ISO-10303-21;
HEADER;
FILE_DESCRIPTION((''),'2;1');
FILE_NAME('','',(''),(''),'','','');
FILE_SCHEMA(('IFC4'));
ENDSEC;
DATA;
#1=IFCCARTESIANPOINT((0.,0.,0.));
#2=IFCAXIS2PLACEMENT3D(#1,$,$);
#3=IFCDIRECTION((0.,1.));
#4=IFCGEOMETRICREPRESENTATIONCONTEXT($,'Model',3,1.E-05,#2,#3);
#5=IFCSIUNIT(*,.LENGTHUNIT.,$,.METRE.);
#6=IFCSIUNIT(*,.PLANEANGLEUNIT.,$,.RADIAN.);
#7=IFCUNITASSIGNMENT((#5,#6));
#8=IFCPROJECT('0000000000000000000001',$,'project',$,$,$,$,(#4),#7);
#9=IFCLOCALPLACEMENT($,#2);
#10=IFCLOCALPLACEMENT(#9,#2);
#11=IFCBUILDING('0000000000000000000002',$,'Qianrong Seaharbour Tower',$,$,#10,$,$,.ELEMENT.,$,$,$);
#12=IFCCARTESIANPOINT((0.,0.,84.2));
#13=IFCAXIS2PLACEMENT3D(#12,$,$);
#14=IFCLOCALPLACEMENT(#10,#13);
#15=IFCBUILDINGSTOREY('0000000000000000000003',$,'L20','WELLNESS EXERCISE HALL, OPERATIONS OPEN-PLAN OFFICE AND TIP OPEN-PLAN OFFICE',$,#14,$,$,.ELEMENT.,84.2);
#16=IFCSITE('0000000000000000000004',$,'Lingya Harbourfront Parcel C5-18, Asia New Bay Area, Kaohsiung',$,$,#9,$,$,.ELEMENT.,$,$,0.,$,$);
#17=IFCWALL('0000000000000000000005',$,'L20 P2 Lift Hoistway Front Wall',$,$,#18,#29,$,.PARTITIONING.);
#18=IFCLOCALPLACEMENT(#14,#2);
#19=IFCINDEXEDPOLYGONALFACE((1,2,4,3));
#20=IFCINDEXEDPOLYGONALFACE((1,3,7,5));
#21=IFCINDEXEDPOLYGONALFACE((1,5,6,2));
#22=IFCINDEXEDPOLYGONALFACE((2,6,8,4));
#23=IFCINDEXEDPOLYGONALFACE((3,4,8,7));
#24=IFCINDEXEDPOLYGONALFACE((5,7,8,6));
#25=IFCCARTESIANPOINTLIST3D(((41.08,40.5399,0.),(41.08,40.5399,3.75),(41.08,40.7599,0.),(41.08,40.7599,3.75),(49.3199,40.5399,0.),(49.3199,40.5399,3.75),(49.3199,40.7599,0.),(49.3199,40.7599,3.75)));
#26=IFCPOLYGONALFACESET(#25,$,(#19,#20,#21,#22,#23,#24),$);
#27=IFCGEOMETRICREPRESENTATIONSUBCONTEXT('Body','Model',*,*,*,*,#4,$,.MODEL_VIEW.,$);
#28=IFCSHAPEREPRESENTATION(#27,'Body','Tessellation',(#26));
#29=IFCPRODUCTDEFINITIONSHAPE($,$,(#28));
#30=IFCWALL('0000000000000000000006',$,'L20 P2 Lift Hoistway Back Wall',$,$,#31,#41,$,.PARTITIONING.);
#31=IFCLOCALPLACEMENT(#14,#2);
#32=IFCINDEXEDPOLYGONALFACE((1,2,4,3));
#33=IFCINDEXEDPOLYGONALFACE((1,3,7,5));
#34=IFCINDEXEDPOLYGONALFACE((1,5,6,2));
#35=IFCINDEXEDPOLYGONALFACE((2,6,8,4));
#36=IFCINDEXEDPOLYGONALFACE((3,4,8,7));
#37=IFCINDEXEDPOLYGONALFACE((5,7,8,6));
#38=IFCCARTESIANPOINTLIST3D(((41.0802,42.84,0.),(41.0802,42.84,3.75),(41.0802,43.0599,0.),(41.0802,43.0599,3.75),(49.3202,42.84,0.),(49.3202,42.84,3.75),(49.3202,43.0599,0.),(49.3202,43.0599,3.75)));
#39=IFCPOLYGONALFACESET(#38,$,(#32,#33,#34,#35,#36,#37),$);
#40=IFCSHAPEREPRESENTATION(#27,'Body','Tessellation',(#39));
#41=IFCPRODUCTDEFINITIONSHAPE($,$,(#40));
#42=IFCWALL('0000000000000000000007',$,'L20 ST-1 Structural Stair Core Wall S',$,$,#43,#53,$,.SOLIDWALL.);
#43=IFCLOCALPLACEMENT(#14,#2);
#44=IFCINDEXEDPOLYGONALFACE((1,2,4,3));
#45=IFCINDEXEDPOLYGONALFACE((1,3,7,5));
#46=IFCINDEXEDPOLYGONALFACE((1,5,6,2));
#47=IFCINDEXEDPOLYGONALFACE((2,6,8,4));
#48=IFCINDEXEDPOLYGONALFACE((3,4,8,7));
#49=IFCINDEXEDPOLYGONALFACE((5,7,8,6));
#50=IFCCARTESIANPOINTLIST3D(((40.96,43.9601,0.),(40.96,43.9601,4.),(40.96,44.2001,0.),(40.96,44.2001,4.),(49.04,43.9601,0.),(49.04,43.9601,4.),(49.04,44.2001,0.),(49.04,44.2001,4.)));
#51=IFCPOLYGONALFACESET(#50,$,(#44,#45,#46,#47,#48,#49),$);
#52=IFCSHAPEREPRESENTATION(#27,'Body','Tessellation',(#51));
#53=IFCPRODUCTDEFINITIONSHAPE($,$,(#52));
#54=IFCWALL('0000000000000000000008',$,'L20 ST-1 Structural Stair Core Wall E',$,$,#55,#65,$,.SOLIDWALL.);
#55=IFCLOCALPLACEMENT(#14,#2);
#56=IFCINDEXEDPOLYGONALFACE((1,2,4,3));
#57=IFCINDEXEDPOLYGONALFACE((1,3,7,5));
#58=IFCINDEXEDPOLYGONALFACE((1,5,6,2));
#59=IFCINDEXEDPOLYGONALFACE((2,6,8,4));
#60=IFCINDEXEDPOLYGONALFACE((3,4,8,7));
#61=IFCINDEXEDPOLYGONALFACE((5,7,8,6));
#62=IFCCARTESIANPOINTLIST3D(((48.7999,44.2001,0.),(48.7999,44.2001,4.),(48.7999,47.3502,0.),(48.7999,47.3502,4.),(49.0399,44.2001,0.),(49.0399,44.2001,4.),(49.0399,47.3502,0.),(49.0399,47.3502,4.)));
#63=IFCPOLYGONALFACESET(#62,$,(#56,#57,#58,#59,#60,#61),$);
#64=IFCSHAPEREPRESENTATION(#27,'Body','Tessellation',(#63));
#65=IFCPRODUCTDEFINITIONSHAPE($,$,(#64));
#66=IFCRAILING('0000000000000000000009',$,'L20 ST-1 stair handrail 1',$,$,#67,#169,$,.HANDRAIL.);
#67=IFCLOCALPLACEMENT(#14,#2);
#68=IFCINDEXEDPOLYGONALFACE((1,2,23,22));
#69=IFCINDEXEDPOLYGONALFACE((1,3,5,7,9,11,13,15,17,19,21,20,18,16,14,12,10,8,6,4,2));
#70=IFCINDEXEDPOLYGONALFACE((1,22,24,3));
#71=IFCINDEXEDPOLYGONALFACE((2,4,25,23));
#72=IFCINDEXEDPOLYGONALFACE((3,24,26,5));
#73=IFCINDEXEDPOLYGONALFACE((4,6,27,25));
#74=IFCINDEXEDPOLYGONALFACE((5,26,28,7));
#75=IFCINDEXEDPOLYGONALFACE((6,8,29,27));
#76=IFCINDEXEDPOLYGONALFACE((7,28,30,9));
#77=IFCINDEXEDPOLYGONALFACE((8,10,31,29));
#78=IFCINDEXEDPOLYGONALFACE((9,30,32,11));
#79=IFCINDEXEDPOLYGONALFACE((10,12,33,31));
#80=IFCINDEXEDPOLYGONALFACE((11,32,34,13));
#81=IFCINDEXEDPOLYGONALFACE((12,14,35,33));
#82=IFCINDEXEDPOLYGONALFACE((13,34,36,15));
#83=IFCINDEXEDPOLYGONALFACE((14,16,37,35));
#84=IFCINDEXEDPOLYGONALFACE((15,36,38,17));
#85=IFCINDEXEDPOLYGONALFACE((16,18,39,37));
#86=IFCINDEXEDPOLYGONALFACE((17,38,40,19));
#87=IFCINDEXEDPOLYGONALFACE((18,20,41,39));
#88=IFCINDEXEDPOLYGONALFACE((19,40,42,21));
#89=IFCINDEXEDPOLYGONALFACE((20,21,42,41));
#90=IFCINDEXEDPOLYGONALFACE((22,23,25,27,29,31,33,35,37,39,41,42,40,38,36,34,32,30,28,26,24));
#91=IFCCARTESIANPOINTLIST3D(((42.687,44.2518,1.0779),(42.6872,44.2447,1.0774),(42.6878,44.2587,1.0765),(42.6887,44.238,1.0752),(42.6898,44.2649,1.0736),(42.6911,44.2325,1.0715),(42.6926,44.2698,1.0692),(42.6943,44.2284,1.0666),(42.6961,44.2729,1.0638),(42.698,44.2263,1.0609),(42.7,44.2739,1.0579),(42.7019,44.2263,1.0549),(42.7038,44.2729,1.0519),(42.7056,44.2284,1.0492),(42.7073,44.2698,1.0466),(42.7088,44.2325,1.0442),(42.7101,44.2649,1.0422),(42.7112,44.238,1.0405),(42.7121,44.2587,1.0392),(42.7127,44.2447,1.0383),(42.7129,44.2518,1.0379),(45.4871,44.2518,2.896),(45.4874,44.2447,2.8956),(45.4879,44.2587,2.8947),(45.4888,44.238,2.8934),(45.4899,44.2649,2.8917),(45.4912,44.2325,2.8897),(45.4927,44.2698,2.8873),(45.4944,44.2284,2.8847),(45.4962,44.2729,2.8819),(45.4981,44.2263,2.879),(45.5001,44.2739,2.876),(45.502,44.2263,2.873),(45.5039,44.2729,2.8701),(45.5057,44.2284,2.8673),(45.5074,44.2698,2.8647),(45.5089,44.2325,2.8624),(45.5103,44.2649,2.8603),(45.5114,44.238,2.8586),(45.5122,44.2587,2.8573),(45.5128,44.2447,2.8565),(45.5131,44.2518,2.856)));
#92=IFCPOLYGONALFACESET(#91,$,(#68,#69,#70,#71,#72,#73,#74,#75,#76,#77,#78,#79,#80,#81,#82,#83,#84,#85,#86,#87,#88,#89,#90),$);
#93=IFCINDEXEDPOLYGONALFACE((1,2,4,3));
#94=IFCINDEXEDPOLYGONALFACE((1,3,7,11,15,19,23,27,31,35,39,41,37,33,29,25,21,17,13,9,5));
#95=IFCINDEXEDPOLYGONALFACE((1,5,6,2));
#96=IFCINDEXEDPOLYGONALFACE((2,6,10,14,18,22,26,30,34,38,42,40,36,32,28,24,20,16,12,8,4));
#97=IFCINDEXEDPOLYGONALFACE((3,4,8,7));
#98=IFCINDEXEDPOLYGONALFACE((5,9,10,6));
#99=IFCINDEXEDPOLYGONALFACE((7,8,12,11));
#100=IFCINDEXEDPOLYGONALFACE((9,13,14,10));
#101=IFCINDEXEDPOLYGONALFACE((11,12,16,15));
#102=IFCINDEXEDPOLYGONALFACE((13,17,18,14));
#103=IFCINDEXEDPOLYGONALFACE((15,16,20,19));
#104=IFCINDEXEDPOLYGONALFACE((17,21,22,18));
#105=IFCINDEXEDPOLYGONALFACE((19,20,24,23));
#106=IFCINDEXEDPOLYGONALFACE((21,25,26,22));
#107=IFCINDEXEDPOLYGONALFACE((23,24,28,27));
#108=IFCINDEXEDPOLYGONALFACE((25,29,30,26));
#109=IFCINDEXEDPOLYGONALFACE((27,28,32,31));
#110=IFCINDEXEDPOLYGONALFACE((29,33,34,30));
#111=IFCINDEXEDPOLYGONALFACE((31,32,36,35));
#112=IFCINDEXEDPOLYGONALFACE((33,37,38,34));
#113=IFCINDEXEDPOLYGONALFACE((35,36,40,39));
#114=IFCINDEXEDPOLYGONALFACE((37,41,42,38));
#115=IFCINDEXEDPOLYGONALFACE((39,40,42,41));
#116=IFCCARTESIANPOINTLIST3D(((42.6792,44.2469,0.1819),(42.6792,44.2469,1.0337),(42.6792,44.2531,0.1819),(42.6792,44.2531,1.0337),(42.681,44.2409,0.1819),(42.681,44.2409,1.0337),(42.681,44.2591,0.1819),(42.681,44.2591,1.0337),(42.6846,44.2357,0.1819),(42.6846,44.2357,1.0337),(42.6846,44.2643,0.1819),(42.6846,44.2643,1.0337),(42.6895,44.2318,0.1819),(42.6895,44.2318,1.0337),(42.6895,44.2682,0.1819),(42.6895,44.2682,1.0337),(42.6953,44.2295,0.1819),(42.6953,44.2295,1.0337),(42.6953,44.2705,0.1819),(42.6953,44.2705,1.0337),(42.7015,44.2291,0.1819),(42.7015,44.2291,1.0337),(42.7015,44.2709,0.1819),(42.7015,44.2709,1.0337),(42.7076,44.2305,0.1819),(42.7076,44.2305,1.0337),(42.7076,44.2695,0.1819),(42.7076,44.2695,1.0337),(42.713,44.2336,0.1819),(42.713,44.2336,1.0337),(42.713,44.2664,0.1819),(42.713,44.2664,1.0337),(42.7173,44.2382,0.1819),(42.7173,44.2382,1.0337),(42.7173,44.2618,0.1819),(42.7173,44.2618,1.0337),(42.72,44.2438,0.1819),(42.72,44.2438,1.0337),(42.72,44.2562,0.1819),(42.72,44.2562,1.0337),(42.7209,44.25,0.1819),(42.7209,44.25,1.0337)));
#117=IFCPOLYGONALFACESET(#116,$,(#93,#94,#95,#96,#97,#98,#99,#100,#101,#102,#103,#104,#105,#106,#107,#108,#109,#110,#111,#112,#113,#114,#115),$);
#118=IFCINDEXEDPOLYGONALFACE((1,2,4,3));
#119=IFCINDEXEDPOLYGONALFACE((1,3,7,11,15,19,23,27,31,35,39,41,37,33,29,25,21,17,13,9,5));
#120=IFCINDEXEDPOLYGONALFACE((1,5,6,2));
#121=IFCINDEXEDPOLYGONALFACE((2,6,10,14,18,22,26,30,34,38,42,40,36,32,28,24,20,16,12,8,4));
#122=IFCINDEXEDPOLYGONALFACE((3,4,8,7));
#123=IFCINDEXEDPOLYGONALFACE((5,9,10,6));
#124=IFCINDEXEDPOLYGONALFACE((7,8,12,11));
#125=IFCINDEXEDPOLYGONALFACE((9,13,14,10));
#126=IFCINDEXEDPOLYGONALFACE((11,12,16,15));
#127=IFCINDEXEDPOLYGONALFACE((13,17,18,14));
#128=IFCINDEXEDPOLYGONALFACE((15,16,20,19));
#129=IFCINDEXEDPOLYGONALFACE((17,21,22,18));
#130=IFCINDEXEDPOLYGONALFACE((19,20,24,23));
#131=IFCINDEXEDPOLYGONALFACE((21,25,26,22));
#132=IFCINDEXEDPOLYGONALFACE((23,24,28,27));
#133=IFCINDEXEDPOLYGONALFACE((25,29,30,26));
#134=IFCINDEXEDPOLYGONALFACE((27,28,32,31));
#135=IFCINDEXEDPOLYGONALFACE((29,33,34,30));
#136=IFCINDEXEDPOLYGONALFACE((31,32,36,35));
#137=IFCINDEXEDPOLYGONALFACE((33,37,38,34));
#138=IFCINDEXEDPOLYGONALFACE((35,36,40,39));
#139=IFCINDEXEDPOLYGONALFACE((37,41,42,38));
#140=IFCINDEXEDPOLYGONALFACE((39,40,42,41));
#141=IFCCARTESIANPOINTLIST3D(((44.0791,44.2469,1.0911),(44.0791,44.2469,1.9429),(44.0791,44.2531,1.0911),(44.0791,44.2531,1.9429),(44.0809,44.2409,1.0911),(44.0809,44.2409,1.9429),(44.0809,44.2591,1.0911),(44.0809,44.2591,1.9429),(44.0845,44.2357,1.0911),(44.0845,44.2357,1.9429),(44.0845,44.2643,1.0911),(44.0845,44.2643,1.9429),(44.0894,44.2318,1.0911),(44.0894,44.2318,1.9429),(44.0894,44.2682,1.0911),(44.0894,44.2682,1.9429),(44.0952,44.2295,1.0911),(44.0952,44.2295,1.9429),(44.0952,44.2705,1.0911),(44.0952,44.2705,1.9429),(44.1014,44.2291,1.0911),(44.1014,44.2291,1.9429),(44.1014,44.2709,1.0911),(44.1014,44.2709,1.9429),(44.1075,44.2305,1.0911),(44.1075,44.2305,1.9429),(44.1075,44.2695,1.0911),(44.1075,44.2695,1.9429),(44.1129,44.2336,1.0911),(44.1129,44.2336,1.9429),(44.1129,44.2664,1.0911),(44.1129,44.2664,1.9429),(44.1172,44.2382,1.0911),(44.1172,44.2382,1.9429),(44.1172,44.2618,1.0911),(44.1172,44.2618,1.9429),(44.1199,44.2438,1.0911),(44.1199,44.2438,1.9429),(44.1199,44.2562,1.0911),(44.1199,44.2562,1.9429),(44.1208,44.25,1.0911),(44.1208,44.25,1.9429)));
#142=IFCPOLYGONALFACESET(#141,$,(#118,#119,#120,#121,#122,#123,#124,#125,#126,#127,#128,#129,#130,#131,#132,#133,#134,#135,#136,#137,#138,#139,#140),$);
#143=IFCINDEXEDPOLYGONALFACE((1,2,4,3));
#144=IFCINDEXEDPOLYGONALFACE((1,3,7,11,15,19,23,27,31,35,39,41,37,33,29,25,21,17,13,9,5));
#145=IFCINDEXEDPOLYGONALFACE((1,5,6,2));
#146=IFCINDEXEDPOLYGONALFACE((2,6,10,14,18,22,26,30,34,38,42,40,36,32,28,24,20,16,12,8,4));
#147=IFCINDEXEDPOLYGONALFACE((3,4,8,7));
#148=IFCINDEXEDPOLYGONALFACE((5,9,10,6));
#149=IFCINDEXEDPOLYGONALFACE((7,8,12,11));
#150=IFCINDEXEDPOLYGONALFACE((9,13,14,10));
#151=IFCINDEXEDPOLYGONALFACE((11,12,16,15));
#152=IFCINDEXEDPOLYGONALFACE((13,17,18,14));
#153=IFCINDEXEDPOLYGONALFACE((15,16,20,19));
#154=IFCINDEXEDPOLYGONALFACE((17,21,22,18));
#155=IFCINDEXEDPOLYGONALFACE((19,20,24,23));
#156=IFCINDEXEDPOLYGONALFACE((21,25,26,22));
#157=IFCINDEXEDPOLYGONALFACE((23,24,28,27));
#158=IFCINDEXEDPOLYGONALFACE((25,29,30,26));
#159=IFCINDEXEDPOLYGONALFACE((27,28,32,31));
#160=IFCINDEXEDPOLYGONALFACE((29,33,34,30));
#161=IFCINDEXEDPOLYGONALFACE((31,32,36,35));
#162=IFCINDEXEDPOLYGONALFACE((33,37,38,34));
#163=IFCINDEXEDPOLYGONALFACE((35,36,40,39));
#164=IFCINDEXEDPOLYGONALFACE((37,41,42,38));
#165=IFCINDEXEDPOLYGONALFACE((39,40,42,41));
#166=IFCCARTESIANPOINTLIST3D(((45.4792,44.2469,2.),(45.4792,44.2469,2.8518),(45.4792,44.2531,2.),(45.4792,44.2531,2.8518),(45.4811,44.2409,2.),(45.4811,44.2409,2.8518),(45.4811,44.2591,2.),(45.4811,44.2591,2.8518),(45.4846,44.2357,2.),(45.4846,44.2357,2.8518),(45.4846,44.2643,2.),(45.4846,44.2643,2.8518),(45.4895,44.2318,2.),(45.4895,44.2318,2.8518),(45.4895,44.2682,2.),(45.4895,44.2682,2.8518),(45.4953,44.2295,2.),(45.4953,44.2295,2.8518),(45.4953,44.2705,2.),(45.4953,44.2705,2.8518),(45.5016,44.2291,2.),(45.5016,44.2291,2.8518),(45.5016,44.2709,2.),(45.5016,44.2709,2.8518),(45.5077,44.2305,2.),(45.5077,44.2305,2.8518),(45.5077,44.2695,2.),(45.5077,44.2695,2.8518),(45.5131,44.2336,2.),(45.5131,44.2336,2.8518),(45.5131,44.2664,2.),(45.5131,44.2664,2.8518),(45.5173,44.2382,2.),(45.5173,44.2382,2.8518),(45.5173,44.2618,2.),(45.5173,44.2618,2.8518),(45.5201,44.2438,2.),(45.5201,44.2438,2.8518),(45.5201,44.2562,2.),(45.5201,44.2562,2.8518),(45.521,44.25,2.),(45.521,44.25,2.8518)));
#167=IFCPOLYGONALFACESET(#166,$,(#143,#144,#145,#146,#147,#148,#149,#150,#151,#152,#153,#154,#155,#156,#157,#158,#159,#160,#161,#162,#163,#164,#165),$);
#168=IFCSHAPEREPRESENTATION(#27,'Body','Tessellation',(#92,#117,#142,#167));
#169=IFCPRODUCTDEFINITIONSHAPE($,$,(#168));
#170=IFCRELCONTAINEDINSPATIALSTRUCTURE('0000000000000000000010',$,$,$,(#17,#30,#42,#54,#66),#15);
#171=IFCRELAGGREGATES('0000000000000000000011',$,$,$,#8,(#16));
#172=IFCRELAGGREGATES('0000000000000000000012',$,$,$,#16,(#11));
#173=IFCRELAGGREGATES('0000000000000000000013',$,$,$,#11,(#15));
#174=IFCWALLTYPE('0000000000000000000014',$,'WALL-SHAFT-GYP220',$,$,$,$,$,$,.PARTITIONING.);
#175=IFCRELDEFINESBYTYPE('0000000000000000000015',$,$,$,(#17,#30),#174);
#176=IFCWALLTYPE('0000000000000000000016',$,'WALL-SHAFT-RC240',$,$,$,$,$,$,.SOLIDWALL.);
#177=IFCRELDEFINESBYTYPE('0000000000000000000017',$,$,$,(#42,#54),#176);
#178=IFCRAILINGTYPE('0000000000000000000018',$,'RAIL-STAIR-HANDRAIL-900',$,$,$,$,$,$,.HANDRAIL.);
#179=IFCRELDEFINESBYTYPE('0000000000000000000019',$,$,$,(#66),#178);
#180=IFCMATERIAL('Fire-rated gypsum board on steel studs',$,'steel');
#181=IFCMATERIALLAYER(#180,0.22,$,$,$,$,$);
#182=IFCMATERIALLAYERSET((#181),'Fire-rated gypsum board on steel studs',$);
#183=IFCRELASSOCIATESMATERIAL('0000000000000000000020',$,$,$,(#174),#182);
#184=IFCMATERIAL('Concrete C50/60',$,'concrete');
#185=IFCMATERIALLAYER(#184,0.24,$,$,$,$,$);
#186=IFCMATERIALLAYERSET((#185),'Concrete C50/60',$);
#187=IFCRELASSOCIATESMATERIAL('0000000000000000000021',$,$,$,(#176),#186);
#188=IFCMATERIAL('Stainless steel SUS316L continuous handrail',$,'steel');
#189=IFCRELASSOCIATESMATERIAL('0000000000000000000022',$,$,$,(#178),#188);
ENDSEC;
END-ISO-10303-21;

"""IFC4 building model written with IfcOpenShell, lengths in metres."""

from ifc_helpers import new_model, si_unit, direction, frame, frame_2d, origin, origin_2d, place, context, subcontext, project, spatial, rectangle, circle, extrude, material, layer, layer_set, type_object, element, save


model = new_model("IFC4")

# Units and contexts
model_context = context("Model", 3, precision=1e-05, world=origin(), true_north=direction((0.0, 1.0)))
body_context = subcontext(model_context, "Body", "Model", "MODEL_VIEW")
ifc_project = project(units=[si_unit("LENGTHUNIT", "METRE"), si_unit("PLANEANGLEUNIT", "RADIAN")], contexts=[model_context])

# Site, building, storey
site_placement = place(None, origin())
site = spatial("IfcSite", under=ifc_project, at=site_placement, Name="Lingya Harbourfront Parcel C5-18, Asia New Bay Area, Kaohsiung", CompositionType="ELEMENT", RefElevation=0.0)
building_placement = place(site_placement, origin())
building = spatial("IfcBuilding", under=site, at=building_placement, Name="Qianrong Seaharbour Tower", CompositionType="ELEMENT")
storey_placement = place(building_placement, frame((0.0, 0.0, 84.2)))
storey = spatial("IfcBuildingStorey", under=building, at=storey_placement, Name="L20", Description="WELLNESS EXERCISE HALL, OPERATIONS OPEN-PLAN OFFICE AND TIP OPEN-PLAN OFFICE", CompositionType="ELEMENT", Elevation=84.2)

# Shared definitions
ifc_material_1 = material(Name="Fire-rated gypsum board on steel studs", Category="steel")

# Shared definitions
ifc_layer_1 = layer(ifc_material_1, 0.22)
ifc_layer_set_1 = layer_set([ifc_layer_1], Name="Fire-rated gypsum board on steel studs")
wall_type_1 = type_object("IfcWallType", Name="WALL-SHAFT-GYP220", PredefinedType="PARTITIONING", material=ifc_layer_set_1)

# Walls
for number, where, z_axis, x_axis, name in (
    (1, (49.3201, 40.6499, 0.0), (0.0, 0.0, 1.0), (-1.0, 0.0, 0.0), "L20 P2 Lift Hoistway Front Wall"),
    (2, (41.0801, 42.95, 0.0), (0.0, 0.0, 1.0), (1.0, 0.0, 0.0), "L20 P2 Lift Hoistway Back Wall"),
):
    element("IfcWall", number, at=place(storey_placement, frame(where, z_axis=z_axis, x_axis=x_axis)), inside=storey, type_object=wall_type_1, Name=name, PredefinedType="PARTITIONING", context=body_context, shape_type="SweptSolid", body=[
        extrude(rectangle(XDim=8.24, YDim=0.22, at=frame_2d((4.1201, 0.0))), origin(), (0.0, 0.0, 1.0), 3.75),
    ])
ifc_material_2 = material(Name="Concrete C50/60", Category="concrete")
ifc_layer_2 = layer(ifc_material_2, 0.24)
ifc_layer_set_2 = layer_set([ifc_layer_2], Name="Concrete C50/60")
wall_type_2 = type_object("IfcWallType", Name="WALL-SHAFT-RC240", PredefinedType="SOLIDWALL", material=ifc_layer_set_2)
wall_1_placement = place(storey_placement, frame((49.04, 44.0801, 0.0), z_axis=(0.0, 0.0, 1.0), x_axis=(-1.0, 0.0, 0.0)))
element("IfcWall", 3, at=wall_1_placement, inside=storey, type_object=wall_type_2, Name="L20 ST-1 Structural Stair Core Wall S", PredefinedType="SOLIDWALL", context=body_context, shape_type="SweptSolid", body=[
    extrude(rectangle(XDim=8.0801, YDim=0.24, at=frame_2d((4.04, 0.0))), origin(), (0.0, 0.0, 1.0), 4.0),
])
wall_2_placement = place(storey_placement, frame((48.9199, 44.2, 0.0), z_axis=(0.0, 0.0, 1.0), x_axis=(0.0, 1.0, 0.0)))
element("IfcWall", 4, at=wall_2_placement, inside=storey, type_object=wall_type_2, Name="L20 ST-1 Structural Stair Core Wall E", PredefinedType="SOLIDWALL", context=body_context, shape_type="SweptSolid", body=[
    extrude(rectangle(XDim=3.1501, YDim=0.24, at=frame_2d((1.5752, 0.0))), origin(), (0.0, 0.0, 1.0), 4.0),
])

# Railing
ifc_material_3 = material(Name="Stainless steel SUS316L continuous handrail", Category="steel")
railing_type = type_object("IfcRailingType", Name="RAIL-STAIR-HANDRAIL-900", PredefinedType="HANDRAIL", material=ifc_material_3)
railing_placement = place(storey_placement, frame((42.7, 44.25, 0.1819)))
element("IfcRailing", 5, at=railing_placement, inside=storey, type_object=railing_type, Name="L20 ST-1 stair handrail 1", PredefinedType="HANDRAIL", context=body_context, shape_type="SweptSolid", body=[
    extrude(circle(Radius=0.0239, at=origin_2d()), frame((0.0, 0.0, 0.876), z_axis=(0.838706, 0.0, 0.544585), x_axis=(0.0, 1.0, 0.0)), (0.0, 0.0, 1.0), 3.3386),
    extrude(circle(Radius=0.021, at=origin_2d()), origin(), (0.0, 0.0, 1.0), 0.8518),
    extrude(circle(Radius=0.021, at=origin_2d()), frame((1.3999, 0.0, 0.9092)), (0.0, 0.0, 1.0), 0.8518),
    extrude(circle(Radius=0.021, at=origin_2d()), frame((2.8, 0.0, 1.8181)), (0.0, 0.0, 1.0), 0.8518),
])

save(model, "model.ifc")
